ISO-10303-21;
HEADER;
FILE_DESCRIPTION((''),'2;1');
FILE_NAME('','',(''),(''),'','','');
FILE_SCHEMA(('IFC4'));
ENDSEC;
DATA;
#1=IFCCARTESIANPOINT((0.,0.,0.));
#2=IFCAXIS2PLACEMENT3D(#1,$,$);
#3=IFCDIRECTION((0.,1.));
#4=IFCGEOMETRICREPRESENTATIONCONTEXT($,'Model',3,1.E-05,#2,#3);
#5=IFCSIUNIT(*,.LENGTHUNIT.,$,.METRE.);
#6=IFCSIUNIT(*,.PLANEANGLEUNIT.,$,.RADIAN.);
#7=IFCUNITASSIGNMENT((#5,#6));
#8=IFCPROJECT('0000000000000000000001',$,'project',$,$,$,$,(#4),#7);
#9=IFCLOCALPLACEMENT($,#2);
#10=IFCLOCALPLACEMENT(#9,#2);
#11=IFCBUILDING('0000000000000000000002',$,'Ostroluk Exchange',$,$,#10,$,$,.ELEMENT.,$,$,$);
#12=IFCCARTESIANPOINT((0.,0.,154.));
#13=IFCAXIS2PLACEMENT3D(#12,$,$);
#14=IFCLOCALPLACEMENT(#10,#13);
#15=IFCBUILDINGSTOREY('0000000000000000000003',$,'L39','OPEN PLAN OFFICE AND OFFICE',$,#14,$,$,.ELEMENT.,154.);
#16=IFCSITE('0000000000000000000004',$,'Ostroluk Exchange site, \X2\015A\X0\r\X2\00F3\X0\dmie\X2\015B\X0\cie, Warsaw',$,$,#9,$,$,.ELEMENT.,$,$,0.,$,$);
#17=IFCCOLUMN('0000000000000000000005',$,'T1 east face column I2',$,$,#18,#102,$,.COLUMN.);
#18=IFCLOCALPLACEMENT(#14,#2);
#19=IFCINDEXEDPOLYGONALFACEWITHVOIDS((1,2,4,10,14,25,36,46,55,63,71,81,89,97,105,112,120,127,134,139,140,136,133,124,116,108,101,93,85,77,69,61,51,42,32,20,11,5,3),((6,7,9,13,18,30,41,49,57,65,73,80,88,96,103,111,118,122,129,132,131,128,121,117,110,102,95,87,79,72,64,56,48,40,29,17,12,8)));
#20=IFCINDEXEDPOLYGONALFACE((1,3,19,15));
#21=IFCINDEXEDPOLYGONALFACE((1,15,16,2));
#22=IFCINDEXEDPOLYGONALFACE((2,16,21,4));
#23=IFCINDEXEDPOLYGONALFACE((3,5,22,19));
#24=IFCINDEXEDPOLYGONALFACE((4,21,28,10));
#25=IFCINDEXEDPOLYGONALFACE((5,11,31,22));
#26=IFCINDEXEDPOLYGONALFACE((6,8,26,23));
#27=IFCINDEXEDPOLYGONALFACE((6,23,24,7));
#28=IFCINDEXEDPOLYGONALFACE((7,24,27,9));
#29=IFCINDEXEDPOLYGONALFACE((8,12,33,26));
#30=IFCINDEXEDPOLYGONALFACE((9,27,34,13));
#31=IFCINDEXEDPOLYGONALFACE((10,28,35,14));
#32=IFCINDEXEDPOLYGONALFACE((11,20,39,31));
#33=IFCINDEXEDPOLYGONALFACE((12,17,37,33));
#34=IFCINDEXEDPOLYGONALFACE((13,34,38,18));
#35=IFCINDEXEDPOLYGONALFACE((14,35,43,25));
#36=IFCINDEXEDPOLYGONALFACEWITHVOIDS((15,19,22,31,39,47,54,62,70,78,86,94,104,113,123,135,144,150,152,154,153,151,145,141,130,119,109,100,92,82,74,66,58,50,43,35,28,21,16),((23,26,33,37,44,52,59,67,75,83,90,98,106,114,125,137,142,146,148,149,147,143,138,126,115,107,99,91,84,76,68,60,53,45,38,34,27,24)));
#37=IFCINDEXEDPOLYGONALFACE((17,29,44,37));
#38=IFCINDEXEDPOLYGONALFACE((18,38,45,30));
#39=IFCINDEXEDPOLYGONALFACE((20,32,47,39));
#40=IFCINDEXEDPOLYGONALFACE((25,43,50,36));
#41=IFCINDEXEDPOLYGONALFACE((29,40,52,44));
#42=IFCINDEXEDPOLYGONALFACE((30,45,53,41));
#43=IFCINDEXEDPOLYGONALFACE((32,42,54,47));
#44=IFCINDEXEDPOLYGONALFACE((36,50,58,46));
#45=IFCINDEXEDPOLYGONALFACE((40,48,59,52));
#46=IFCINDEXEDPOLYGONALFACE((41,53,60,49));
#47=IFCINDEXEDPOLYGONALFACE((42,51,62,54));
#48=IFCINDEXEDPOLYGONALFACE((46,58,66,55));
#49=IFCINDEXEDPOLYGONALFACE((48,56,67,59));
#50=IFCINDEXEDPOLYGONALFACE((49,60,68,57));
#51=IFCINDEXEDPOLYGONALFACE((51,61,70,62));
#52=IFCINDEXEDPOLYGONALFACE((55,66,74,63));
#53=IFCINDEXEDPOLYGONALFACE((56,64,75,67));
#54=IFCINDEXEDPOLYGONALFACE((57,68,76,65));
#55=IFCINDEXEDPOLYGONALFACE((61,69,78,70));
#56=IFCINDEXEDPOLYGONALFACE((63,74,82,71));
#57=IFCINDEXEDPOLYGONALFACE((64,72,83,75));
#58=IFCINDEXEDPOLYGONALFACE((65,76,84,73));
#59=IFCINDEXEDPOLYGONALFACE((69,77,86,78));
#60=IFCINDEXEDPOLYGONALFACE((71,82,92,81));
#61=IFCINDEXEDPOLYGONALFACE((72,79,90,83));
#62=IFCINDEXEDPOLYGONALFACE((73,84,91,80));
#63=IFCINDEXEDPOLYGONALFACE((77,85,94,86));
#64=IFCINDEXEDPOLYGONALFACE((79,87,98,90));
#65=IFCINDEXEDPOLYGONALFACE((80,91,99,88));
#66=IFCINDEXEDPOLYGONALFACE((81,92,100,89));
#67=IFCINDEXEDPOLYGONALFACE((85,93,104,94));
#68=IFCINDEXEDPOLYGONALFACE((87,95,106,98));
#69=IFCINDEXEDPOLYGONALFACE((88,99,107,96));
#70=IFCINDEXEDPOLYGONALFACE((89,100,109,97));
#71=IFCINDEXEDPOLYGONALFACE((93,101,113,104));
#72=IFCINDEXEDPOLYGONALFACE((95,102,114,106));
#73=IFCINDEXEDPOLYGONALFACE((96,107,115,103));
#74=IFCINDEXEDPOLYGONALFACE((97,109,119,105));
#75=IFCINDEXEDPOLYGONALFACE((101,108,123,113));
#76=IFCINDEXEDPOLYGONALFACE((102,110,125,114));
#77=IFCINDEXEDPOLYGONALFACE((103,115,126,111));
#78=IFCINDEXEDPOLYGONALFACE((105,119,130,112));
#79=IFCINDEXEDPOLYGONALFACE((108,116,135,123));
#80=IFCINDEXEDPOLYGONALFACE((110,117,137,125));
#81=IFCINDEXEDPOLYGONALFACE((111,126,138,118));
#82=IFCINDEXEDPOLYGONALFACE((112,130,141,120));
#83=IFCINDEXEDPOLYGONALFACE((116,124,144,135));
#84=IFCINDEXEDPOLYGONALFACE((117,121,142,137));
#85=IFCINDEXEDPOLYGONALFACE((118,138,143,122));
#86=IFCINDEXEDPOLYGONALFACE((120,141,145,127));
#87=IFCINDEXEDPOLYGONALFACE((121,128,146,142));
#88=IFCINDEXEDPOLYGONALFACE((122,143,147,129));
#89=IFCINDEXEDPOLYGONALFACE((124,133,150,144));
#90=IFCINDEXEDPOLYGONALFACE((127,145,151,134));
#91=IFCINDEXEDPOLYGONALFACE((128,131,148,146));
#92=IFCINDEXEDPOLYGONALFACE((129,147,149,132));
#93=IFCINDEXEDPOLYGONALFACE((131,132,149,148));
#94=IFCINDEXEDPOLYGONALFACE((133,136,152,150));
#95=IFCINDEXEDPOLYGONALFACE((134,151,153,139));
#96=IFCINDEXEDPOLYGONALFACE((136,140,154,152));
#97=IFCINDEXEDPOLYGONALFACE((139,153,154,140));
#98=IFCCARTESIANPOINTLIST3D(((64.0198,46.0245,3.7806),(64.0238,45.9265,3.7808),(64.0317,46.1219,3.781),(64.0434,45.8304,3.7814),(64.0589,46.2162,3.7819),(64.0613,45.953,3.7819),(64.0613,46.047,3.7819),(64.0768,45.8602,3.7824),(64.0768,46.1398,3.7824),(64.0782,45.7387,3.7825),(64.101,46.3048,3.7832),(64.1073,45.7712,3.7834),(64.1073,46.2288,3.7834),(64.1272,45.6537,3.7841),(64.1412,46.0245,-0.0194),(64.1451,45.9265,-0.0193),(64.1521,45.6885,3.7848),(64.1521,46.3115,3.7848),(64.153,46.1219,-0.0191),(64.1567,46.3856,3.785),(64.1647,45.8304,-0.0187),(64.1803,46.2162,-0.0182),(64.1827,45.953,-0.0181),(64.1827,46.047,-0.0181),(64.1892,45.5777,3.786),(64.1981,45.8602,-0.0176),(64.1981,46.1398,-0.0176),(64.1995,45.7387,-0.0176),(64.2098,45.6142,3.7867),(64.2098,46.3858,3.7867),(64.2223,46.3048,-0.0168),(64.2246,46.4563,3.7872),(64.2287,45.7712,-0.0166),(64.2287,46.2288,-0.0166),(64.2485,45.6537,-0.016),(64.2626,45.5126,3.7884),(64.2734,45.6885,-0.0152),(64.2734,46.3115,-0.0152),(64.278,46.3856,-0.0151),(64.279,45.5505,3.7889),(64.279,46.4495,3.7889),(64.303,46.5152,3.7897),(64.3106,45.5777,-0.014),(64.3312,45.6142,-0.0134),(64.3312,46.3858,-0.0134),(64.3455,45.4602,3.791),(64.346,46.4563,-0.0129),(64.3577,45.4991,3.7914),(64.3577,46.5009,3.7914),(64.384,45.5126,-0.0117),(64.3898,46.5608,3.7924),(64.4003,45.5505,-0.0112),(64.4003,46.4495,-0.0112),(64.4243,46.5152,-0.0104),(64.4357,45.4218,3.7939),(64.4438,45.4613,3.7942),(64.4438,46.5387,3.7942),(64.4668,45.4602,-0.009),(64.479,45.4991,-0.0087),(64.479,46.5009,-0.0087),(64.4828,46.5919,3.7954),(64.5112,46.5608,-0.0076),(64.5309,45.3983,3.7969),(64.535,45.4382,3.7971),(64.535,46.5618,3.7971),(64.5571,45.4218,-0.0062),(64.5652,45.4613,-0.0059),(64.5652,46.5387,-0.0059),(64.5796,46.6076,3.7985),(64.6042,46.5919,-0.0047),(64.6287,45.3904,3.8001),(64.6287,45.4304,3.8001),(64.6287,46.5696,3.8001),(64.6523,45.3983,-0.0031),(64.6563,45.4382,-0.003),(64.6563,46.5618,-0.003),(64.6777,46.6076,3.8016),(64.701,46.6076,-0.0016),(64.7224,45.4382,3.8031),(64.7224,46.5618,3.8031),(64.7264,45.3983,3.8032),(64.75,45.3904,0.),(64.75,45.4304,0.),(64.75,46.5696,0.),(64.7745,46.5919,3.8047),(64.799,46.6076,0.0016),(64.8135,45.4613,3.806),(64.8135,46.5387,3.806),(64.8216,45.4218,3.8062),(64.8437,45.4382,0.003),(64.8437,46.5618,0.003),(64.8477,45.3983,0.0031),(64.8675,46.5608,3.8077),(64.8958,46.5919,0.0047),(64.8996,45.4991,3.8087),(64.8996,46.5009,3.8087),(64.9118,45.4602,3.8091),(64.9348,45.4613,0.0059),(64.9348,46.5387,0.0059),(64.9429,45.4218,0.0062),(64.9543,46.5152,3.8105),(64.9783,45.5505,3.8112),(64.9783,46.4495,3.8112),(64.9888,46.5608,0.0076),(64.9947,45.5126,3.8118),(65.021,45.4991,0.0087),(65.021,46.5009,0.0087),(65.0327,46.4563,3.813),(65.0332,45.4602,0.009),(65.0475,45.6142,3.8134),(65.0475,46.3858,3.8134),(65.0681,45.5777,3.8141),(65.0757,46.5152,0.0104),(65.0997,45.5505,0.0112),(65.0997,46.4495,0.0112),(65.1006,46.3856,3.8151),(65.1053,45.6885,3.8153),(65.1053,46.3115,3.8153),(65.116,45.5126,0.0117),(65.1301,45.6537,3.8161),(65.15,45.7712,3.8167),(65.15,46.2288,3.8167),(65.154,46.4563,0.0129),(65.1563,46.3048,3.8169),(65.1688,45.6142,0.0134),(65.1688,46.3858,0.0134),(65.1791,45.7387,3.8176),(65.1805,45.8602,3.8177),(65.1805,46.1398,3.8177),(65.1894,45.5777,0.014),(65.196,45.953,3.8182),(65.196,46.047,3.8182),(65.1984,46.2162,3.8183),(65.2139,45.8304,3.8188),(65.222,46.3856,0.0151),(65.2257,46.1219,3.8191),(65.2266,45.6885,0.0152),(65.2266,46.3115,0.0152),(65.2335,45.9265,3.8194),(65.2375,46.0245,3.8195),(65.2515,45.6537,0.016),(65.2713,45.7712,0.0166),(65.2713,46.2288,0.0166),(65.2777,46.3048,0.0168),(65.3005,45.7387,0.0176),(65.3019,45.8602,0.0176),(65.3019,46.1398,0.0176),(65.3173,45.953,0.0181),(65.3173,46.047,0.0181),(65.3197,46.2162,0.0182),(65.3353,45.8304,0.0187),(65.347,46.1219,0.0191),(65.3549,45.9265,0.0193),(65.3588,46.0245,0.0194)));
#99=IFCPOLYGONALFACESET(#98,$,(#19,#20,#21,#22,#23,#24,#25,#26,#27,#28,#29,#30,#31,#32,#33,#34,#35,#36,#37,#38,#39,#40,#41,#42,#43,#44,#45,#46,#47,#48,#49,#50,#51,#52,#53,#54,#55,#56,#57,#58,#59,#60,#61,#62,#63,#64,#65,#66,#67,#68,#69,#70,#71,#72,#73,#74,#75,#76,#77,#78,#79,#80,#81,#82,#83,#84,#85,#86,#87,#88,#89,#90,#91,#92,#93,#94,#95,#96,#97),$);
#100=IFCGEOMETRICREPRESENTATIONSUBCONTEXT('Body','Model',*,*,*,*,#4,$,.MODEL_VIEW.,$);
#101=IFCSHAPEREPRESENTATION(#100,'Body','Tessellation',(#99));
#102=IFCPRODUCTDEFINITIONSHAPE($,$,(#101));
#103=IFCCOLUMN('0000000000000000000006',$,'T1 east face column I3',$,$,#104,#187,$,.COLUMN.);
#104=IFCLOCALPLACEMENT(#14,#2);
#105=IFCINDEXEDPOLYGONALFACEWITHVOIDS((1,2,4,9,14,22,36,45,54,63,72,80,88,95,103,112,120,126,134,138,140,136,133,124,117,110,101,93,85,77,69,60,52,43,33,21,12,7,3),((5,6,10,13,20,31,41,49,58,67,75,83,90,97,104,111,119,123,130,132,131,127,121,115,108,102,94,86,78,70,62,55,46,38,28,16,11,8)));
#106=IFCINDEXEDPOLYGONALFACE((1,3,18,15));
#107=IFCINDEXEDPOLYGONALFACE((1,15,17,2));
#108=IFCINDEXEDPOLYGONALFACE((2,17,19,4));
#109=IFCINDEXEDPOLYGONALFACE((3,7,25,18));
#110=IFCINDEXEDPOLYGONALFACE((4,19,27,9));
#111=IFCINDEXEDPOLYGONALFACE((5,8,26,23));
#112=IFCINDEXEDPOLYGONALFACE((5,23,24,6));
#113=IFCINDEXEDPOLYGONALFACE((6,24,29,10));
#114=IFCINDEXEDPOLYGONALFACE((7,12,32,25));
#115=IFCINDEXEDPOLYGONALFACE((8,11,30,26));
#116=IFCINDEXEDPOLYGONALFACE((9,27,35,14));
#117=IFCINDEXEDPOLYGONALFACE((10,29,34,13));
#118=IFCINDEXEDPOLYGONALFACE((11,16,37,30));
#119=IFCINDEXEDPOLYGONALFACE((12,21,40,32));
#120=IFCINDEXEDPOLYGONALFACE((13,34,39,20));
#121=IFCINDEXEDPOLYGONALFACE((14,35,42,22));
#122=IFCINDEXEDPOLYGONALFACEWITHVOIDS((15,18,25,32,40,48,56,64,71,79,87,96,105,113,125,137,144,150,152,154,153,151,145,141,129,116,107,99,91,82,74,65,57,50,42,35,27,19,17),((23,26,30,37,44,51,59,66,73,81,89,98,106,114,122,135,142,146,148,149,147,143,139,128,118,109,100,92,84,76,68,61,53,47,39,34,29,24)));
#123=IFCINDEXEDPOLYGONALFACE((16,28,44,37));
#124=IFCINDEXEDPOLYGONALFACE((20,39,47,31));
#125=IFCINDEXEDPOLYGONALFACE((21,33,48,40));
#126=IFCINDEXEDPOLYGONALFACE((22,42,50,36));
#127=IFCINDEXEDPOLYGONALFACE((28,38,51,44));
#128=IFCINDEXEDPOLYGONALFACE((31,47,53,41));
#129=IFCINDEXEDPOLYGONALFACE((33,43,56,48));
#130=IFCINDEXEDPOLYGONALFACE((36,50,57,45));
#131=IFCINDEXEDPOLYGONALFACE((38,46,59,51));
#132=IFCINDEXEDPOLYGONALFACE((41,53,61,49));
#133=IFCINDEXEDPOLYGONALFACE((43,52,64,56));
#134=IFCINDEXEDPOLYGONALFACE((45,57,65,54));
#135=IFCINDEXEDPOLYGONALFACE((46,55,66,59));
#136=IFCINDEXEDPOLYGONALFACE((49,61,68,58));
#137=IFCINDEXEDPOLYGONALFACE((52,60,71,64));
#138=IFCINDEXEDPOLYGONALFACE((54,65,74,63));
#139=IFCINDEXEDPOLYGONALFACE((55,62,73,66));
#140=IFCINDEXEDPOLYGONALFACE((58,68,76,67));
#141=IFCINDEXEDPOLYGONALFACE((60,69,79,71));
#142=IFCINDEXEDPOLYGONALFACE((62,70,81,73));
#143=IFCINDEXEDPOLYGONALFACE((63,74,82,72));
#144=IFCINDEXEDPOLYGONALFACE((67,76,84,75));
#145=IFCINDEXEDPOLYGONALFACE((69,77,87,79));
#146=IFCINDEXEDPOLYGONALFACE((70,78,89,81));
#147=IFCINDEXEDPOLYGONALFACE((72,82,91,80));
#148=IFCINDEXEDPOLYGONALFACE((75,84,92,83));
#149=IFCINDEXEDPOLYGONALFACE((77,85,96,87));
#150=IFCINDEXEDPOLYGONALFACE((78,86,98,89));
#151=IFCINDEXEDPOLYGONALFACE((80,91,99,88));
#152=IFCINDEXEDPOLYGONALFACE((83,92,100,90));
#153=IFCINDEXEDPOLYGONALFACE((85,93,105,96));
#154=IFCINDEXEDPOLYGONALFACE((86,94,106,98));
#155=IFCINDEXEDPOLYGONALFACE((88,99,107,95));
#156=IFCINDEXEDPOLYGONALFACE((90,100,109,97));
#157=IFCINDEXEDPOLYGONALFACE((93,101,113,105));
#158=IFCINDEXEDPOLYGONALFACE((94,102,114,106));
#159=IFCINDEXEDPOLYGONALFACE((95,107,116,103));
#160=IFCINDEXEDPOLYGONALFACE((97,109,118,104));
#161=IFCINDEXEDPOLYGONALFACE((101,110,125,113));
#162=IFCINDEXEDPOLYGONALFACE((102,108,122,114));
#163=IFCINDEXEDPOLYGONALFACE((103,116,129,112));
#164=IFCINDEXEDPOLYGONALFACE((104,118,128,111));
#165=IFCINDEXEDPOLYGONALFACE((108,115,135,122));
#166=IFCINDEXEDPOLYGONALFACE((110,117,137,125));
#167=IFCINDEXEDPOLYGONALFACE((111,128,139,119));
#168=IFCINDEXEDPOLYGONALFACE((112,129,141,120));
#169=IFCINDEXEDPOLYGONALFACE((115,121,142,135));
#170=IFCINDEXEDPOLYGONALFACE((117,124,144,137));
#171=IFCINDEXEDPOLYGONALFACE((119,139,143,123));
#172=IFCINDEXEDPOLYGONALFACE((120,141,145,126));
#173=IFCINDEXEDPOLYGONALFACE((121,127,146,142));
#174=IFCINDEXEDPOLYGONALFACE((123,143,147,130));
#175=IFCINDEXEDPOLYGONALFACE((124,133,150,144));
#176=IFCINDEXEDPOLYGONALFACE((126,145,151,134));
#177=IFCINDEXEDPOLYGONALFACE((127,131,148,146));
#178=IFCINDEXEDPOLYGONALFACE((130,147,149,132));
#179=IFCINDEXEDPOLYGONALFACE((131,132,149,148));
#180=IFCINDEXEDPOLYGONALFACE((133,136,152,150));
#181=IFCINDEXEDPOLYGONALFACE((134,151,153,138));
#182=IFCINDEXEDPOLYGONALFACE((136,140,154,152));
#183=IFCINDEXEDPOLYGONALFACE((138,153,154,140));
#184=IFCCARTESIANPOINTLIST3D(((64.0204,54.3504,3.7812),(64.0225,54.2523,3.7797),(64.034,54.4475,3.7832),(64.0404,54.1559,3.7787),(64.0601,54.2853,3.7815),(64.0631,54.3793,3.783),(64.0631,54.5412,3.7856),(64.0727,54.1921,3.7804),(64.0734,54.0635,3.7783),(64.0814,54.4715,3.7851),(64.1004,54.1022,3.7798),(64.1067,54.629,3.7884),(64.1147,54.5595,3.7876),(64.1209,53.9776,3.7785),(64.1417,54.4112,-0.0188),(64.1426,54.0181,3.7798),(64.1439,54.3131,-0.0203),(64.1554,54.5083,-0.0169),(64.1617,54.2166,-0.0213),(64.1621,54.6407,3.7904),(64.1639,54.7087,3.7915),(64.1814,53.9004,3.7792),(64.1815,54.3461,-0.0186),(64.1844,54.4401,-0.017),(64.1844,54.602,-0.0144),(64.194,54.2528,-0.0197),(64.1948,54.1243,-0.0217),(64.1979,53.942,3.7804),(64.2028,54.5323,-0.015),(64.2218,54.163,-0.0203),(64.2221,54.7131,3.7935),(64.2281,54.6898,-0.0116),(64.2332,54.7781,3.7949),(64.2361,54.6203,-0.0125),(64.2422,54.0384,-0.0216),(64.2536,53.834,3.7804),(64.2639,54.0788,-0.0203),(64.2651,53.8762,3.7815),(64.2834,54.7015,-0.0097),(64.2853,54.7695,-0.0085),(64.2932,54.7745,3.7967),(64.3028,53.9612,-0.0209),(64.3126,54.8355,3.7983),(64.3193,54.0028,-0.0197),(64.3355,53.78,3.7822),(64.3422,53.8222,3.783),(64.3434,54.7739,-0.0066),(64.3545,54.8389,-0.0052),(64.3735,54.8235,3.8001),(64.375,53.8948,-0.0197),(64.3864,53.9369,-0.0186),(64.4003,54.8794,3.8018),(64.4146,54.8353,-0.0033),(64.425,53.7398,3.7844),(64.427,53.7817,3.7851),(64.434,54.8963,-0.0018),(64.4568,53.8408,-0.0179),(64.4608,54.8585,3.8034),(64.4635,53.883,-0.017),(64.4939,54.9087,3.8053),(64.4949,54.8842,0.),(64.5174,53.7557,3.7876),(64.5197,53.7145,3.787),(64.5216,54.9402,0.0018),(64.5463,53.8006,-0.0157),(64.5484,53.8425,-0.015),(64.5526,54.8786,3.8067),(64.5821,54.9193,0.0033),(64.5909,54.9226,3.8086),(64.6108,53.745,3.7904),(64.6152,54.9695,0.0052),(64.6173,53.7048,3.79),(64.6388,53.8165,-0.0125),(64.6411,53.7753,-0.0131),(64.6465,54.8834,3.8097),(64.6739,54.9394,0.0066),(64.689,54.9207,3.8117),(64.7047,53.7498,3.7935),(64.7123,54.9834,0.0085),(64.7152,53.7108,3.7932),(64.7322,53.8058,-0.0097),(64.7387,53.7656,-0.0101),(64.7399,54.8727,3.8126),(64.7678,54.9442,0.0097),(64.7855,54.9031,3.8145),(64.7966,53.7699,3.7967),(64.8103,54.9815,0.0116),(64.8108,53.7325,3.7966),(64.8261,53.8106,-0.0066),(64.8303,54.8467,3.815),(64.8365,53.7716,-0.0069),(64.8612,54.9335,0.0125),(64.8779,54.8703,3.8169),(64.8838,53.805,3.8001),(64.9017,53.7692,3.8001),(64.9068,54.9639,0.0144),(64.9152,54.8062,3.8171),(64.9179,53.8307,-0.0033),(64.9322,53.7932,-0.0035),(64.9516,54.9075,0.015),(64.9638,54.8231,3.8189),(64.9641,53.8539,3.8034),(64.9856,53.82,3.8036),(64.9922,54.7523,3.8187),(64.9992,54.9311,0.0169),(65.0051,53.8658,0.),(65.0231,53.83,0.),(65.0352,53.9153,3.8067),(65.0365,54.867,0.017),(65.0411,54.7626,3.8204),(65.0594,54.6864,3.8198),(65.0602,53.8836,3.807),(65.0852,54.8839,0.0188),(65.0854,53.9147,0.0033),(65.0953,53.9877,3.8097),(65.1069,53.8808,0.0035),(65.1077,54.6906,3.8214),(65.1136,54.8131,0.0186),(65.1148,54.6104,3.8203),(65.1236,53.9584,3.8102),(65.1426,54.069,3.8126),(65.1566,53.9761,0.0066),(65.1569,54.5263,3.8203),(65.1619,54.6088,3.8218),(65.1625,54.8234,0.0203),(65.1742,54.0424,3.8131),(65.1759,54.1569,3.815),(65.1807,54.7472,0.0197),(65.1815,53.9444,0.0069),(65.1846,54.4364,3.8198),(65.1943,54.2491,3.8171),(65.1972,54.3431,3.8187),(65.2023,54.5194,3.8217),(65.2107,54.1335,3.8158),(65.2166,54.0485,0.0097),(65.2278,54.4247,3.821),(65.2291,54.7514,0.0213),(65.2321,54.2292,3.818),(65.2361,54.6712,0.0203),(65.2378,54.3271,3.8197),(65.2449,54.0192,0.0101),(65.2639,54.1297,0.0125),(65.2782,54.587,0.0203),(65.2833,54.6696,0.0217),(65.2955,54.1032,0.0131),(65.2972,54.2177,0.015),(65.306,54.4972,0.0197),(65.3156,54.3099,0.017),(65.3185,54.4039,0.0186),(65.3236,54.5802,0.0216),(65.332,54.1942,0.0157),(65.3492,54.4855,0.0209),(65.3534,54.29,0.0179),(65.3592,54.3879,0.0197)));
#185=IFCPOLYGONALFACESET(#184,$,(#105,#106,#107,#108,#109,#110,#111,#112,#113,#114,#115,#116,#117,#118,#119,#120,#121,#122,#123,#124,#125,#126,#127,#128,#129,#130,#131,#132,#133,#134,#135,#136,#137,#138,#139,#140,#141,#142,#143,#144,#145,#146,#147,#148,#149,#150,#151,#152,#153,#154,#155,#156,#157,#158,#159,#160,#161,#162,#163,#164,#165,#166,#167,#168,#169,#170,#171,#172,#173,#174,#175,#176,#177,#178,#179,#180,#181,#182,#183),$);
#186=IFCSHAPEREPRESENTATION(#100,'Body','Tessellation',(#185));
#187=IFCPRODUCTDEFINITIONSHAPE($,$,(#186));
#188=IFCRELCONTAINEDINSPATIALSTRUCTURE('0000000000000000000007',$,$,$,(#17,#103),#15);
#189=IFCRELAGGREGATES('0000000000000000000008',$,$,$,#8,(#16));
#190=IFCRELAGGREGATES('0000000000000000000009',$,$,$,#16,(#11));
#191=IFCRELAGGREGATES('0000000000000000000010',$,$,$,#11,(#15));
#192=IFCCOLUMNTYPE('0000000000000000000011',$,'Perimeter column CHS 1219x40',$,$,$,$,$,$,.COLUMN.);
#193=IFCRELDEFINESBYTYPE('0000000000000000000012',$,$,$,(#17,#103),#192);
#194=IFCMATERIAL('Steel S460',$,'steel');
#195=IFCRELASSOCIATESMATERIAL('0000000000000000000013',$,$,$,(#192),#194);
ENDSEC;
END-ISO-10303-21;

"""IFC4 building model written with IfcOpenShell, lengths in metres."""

from ifc_helpers import new_model, si_unit, direction, frame, origin, origin_2d, place, context, subcontext, project, spatial, hollow_circle, extrude, material, material_profile, profile_set, type_object, element, save


model = new_model("IFC4")

# Units and contexts
model_context = context("Model", 3, precision=1e-05, world=origin(), true_north=direction((0.0, 1.0)))
body_context = subcontext(model_context, "Body", "Model", "MODEL_VIEW")
ifc_project = project(units=[si_unit("LENGTHUNIT", "METRE"), si_unit("PLANEANGLEUNIT", "RADIAN")], contexts=[model_context])

# Site, building, storey
site_placement = place(None, origin())
site = spatial("IfcSite", under=ifc_project, at=site_placement, Name="Ostroluk Exchange site, Śródmieście, Warsaw", CompositionType="ELEMENT", RefElevation=0.0)
building_placement = place(site_placement, origin())
building = spatial("IfcBuilding", under=site, at=building_placement, Name="Ostroluk Exchange", CompositionType="ELEMENT")
storey_placement = place(building_placement, frame((0.0, 0.0, 154.0)))
storey = spatial("IfcBuildingStorey", under=building, at=storey_placement, Name="L39", Description="OPEN PLAN OFFICE AND OFFICE", CompositionType="ELEMENT", Elevation=154.0)

# Columns
ifc_material_1 = material(Name="Steel S460", Category="steel")
ifc_material_profile_1 = material_profile(ifc_material_1, hollow_circle(Radius=0.6096, WallThickness=0.04, at=origin_2d()), Name="CHS 1219x40")
ifc_profile_set_1 = profile_set([ifc_material_profile_1], Name="Steel S460")
column_type = type_object("IfcColumnType", Name="Perimeter column CHS 1219x40", PredefinedType="COLUMN", material=ifc_profile_set_1)
column_1_placement = place(storey_placement, frame((64.75, 46.0, 0.0), z_axis=(-0.031914, 0.0, 0.999491), x_axis=(0.0, -1.0, 0.0)))
element("IfcColumn", 1, at=column_1_placement, inside=storey, type_object=column_type, Name="T1 east face column I2", PredefinedType="COLUMN", context=body_context, shape_type="SweptSolid", body=[
    extrude(hollow_circle(Radius=0.6096, WallThickness=0.04, at=origin_2d()), origin(), (0.0, 0.0, 1.0), 3.802),
])
column_2_placement = place(storey_placement, frame((64.75, 54.375, 0.0), z_axis=(-0.03191, -0.015987, 0.999363), x_axis=(0.447933, -0.894067, 0.0)))
element("IfcColumn", 2, at=column_2_placement, inside=storey, type_object=column_type, Name="T1 east face column I3", PredefinedType="COLUMN", context=body_context, shape_type="SweptSolid", body=[
    extrude(hollow_circle(Radius=0.6096, WallThickness=0.04, at=origin_2d()), origin(), (0.0, 0.0, 1.0), 3.8025),
])

save(model, "model.ifc")
